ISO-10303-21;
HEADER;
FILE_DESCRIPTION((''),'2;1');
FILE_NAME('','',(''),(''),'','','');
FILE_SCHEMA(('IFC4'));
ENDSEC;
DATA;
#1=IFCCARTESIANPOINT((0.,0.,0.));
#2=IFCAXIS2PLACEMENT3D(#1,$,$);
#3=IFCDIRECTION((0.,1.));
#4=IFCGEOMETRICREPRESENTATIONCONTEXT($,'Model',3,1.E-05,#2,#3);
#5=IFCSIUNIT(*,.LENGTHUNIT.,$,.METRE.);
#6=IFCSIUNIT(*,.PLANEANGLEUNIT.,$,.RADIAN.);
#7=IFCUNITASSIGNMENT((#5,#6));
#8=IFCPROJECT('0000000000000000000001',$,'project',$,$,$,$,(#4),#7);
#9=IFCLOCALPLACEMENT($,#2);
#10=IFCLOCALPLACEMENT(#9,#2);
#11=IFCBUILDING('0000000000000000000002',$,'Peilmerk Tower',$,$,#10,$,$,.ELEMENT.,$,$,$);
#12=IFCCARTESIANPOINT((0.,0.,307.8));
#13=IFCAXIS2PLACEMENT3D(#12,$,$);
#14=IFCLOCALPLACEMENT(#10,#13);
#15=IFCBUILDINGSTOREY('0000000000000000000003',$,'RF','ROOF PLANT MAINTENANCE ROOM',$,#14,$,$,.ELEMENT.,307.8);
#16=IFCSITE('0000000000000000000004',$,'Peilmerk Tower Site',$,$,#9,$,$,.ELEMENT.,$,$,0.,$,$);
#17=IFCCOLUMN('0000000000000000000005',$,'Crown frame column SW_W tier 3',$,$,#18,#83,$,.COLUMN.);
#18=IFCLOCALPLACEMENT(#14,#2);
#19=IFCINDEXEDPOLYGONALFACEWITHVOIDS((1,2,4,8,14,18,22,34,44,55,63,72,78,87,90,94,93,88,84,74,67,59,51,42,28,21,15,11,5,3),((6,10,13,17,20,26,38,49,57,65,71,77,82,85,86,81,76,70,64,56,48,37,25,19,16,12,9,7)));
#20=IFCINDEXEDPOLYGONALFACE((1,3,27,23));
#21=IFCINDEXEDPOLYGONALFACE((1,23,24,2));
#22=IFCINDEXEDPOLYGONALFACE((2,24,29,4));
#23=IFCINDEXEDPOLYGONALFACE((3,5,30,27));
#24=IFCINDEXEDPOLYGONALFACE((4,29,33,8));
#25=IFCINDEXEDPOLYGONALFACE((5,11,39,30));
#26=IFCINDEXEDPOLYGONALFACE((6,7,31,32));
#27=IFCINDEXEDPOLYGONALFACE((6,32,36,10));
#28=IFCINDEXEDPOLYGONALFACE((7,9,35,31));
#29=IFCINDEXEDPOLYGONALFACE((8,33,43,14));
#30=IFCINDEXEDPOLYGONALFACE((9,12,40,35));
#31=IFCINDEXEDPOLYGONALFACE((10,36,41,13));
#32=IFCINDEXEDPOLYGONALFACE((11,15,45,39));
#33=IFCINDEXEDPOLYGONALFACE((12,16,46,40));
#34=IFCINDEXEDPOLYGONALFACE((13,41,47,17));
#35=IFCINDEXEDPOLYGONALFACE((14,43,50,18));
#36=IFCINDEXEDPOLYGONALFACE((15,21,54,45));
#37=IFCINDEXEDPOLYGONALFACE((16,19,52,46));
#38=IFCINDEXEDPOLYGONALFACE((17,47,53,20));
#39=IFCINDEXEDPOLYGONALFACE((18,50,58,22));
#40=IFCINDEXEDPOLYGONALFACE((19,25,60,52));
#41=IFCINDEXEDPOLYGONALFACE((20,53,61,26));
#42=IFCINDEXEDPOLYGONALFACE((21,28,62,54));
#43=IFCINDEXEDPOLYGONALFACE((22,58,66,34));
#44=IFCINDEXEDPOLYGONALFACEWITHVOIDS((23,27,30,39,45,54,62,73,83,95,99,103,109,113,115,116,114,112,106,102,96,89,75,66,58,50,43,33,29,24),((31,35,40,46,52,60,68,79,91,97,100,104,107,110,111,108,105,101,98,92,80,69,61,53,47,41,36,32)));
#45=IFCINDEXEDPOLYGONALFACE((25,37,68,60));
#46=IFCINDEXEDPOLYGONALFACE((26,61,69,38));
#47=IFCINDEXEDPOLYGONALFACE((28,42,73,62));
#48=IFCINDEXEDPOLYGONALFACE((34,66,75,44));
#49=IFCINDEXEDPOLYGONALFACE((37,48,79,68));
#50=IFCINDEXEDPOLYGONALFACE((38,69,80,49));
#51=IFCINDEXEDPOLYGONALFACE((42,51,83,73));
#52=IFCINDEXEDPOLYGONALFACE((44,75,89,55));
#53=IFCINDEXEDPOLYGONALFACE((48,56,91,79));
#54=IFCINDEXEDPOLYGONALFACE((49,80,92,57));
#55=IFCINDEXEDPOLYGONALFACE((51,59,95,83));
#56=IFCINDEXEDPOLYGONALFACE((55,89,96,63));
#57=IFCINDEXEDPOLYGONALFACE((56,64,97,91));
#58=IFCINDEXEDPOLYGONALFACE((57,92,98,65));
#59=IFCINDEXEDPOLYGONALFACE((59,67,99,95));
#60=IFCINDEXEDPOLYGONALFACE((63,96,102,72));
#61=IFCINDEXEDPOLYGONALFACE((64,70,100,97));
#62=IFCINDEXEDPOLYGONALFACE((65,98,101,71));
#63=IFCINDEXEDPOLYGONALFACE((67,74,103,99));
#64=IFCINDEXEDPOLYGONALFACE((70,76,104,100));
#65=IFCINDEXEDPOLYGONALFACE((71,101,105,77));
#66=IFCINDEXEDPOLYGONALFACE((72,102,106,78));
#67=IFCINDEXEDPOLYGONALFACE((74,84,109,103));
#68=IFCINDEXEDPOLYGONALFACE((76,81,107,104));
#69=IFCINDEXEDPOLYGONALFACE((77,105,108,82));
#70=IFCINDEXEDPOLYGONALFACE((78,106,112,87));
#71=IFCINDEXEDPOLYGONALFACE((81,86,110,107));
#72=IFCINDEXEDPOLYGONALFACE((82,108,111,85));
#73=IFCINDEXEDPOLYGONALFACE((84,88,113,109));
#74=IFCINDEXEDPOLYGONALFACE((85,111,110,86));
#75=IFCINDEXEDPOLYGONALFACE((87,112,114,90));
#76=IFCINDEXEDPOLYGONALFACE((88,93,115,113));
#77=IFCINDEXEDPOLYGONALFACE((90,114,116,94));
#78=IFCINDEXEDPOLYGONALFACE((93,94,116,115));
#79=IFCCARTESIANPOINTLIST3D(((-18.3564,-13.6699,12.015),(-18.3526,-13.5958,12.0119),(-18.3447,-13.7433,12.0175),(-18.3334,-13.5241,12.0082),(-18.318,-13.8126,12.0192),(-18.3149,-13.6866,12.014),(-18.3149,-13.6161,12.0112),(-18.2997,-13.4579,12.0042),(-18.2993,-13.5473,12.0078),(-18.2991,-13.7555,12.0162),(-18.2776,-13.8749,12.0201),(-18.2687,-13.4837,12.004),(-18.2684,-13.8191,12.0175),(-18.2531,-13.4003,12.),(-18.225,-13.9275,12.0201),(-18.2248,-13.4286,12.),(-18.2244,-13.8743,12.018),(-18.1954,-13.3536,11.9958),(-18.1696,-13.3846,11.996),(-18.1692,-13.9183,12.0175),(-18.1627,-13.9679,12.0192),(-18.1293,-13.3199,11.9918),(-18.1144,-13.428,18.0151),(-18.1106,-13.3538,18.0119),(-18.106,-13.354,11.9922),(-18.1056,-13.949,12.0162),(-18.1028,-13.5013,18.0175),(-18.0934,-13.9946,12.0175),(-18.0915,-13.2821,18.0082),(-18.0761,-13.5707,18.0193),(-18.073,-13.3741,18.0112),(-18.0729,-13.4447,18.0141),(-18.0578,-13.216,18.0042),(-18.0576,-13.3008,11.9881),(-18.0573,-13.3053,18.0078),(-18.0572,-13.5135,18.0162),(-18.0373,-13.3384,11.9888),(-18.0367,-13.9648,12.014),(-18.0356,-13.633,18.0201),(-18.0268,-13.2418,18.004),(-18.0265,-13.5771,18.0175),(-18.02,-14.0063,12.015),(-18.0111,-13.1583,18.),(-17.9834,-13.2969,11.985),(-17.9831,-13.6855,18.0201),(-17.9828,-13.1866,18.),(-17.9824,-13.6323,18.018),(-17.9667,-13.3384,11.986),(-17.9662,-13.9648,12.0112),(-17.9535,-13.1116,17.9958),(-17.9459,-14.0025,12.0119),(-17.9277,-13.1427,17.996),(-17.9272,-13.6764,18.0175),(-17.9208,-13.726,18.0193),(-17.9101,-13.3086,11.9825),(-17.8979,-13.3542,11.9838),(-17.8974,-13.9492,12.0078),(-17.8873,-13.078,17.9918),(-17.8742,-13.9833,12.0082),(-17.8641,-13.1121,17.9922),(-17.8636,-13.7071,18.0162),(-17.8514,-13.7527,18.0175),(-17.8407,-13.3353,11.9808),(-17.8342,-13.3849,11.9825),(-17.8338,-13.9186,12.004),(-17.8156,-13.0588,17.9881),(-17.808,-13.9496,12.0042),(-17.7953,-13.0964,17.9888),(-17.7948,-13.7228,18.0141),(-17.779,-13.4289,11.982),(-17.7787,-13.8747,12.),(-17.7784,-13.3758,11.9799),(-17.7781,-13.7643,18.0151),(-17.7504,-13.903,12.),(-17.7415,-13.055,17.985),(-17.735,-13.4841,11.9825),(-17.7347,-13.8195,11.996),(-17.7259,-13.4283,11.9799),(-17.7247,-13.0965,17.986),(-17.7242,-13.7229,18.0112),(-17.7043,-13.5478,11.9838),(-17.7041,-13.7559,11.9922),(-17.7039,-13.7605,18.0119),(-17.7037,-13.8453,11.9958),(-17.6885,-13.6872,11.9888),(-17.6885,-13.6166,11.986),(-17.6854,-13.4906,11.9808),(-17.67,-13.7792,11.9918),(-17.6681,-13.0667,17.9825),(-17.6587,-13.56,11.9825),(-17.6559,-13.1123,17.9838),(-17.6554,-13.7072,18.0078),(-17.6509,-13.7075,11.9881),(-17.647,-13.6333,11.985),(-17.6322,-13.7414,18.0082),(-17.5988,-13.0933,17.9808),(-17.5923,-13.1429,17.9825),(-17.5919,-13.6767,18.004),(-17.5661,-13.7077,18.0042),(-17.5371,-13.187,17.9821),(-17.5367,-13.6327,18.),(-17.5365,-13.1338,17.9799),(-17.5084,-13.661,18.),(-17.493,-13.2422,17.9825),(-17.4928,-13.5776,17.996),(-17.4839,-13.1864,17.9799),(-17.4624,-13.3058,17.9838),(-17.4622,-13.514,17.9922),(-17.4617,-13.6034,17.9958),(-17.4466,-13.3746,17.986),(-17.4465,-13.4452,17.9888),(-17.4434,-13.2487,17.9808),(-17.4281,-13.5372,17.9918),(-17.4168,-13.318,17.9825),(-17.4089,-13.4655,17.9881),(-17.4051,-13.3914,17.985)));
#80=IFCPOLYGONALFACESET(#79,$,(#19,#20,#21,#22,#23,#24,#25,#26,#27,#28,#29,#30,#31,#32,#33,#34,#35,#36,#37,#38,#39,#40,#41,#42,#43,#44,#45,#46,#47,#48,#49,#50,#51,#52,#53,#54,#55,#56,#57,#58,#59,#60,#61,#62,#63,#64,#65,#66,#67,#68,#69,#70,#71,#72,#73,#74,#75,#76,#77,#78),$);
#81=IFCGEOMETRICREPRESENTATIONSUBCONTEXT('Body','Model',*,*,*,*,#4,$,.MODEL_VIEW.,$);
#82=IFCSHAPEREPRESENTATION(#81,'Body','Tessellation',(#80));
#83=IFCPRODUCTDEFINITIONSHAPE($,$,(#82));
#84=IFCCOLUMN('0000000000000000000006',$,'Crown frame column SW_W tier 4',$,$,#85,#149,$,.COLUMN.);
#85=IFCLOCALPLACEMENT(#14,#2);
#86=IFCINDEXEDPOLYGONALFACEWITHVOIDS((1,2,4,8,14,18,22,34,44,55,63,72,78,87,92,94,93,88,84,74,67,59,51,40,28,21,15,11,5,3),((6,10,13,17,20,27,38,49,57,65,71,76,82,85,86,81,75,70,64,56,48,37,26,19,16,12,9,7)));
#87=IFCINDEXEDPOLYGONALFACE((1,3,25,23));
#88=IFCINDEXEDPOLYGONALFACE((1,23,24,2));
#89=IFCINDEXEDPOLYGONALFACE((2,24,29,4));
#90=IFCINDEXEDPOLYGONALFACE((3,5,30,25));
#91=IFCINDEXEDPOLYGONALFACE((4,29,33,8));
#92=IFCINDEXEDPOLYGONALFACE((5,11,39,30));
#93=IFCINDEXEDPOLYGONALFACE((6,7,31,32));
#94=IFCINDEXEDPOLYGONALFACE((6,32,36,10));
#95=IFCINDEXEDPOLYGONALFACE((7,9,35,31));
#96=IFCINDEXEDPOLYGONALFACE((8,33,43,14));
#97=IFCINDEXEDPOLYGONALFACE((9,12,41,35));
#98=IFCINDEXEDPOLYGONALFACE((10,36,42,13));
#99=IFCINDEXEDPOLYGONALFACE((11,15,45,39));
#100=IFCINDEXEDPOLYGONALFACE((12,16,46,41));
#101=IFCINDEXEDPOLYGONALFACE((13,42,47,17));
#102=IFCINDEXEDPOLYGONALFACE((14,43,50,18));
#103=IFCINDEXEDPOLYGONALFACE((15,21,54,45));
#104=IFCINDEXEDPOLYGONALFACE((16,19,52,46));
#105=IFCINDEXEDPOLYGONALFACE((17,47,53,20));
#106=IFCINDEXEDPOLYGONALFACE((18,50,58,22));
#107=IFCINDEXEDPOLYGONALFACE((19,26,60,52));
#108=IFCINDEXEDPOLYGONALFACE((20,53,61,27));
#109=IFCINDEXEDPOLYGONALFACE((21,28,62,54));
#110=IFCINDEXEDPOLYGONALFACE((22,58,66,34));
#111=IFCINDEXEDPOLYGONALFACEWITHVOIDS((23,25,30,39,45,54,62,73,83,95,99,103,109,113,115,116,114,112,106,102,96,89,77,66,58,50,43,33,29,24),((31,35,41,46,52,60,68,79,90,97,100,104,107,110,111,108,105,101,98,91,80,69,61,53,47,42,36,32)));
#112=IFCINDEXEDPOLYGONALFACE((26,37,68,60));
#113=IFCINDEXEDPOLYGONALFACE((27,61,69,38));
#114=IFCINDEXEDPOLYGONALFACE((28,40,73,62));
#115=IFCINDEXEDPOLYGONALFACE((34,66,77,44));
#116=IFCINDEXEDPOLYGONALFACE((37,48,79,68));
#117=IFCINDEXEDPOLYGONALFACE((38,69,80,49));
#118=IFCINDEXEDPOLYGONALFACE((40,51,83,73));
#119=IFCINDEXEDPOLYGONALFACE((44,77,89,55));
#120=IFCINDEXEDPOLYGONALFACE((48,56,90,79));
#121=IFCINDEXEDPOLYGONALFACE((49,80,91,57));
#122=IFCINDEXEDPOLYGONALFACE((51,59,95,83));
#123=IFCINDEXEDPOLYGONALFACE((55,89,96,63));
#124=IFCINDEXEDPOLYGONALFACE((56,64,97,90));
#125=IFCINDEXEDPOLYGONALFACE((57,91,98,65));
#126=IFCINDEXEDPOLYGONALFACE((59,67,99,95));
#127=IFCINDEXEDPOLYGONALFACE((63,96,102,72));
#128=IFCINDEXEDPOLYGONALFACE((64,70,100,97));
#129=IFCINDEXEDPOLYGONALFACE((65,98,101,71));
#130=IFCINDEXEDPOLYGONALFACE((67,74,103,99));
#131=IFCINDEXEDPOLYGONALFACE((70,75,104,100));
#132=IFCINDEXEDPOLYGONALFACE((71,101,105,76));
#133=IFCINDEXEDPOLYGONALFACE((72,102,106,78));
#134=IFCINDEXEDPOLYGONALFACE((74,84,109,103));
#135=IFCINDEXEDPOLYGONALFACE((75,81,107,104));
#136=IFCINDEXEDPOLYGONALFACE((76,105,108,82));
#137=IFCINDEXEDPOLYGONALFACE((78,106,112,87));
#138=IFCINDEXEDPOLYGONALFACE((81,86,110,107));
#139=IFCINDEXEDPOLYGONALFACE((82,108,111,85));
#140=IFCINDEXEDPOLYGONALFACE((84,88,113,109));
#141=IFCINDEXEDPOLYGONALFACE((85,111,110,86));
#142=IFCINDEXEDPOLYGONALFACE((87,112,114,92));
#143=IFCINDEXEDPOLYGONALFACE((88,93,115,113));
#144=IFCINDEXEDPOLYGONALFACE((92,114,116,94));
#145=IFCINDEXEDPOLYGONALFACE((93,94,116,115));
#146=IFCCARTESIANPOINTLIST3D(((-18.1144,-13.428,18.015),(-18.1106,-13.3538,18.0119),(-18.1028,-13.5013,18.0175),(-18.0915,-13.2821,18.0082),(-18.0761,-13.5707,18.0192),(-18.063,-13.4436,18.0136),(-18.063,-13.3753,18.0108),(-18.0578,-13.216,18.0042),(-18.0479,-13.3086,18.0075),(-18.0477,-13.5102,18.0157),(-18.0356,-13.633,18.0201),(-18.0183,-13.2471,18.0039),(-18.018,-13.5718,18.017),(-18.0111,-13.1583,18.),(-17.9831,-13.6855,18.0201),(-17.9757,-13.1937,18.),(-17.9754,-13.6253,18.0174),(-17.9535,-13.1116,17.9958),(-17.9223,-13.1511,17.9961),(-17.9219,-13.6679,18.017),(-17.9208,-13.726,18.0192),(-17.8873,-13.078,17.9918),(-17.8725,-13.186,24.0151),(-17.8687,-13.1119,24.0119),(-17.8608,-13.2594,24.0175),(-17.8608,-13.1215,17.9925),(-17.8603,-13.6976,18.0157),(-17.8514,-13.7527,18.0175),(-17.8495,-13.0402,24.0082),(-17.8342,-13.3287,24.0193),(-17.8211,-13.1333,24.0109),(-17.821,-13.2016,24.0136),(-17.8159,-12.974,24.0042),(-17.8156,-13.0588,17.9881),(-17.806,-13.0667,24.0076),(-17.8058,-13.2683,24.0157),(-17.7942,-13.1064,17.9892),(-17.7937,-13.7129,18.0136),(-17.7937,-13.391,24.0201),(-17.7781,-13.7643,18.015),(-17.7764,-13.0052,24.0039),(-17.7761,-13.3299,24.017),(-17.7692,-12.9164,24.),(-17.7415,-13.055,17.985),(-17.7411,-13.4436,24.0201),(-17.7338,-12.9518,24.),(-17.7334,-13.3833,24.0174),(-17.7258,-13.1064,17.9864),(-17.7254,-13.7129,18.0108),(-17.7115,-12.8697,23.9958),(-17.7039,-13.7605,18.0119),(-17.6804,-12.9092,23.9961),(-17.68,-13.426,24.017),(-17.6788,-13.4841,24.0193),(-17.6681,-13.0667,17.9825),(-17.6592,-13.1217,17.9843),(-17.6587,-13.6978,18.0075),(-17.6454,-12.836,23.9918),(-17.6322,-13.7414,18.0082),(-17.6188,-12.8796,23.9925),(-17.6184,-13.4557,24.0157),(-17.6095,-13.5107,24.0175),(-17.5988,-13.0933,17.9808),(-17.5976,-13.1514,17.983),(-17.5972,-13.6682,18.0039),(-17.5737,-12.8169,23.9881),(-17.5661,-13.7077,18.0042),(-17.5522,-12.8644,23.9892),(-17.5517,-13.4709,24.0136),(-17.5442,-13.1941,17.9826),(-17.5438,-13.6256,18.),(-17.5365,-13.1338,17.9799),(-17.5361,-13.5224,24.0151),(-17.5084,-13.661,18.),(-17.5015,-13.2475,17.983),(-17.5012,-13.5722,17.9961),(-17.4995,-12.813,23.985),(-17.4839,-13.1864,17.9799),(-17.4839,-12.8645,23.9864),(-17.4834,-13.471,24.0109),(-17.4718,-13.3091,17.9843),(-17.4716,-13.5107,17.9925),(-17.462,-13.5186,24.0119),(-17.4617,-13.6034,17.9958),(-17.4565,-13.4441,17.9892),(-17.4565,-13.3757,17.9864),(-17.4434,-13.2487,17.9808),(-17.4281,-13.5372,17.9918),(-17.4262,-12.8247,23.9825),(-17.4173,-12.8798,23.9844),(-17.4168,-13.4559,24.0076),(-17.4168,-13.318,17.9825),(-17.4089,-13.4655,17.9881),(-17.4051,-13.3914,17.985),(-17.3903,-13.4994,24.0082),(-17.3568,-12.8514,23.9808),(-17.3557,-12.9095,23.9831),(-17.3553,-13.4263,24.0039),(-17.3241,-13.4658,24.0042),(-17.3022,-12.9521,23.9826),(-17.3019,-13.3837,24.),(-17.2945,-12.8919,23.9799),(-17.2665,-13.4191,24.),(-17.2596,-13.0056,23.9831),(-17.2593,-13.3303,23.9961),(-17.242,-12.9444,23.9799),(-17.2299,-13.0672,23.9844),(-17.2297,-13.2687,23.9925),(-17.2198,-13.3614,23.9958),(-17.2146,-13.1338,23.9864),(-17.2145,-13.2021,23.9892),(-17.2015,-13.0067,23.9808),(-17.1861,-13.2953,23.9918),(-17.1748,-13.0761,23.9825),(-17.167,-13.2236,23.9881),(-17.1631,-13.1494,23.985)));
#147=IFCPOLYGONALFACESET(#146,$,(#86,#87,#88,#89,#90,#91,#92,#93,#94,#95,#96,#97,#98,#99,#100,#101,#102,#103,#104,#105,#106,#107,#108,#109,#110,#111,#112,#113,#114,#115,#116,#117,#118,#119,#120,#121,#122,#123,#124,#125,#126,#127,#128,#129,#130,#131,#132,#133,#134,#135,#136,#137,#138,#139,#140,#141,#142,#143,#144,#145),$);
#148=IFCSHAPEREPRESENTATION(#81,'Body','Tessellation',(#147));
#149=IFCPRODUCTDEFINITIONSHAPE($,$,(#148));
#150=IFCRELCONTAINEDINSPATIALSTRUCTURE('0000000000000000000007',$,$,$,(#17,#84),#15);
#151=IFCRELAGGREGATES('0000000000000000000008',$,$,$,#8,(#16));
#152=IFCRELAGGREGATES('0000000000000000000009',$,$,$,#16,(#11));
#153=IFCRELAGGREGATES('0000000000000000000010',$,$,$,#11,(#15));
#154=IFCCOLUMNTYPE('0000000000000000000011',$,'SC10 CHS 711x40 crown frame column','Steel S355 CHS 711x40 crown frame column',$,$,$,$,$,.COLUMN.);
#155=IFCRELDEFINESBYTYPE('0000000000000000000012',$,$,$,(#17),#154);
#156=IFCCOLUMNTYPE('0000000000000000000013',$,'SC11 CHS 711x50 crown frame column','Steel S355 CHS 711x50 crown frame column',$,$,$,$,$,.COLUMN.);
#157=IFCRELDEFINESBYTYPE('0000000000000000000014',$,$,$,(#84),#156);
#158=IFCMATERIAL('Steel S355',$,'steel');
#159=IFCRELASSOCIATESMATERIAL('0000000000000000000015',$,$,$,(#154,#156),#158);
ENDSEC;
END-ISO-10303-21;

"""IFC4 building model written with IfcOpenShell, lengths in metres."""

from ifc_helpers import new_model, si_unit, direction, frame, origin, origin_2d, place, context, subcontext, project, spatial, hollow_circle, extrude, material, material_profile, profile_set, type_object, element, save


model = new_model("IFC4")

# Units and contexts
model_context = context("Model", 3, precision=1e-05, world=origin(), true_north=direction((0.0, 1.0)))
body_context = subcontext(model_context, "Body", "Model", "MODEL_VIEW")
ifc_project = project(units=[si_unit("LENGTHUNIT", "METRE"), si_unit("PLANEANGLEUNIT", "RADIAN")], contexts=[model_context])

# Site, building, storey
site_placement = place(None, origin())
site = spatial("IfcSite", under=ifc_project, at=site_placement, Name="Peilmerk Tower Site", CompositionType="ELEMENT", RefElevation=0.0)
building_placement = place(site_placement, origin())
building = spatial("IfcBuilding", under=site, at=building_placement, Name="Peilmerk Tower", CompositionType="ELEMENT")
storey_placement = place(building_placement, frame((0.0, 0.0, 307.8)))
storey = spatial("IfcBuildingStorey", under=building, at=storey_placement, Name="RF", Description="ROOF PLANT MAINTENANCE ROOM", CompositionType="ELEMENT", Elevation=307.8)

# Columns
ifc_material_1 = material(Name="Steel S355", Category="steel")
ifc_material_profile_1 = material_profile(ifc_material_1, hollow_circle(Radius=0.3555, WallThickness=0.04, at=origin_2d()), Name="CHS 711x40")
ifc_profile_set_1 = profile_set([ifc_material_profile_1], Name="Steel S355")
column_type_1 = type_object("IfcColumnType", Name="SC10 CHS 711x40 crown frame column", Description="Steel S355 CHS 711x40 crown frame column", PredefinedType="COLUMN", material=ifc_profile_set_1)
column_1_placement = place(storey_placement, frame((-18.0017, -13.6516, 12.0), z_axis=(0.040258, 0.040258, 0.998378), x_axis=(-0.707107, 0.707107, 0.0)))
element("IfcColumn", 1, at=column_1_placement, inside=storey, type_object=column_type_1, Name="Crown frame column SW_W tier 3", PredefinedType="COLUMN", context=body_context, shape_type="SweptSolid", body=[
    extrude(hollow_circle(Radius=0.3555, WallThickness=0.04, at=origin_2d()), origin(), (0.0, 0.0, 1.0), 6.0098),
])
ifc_material_profile_2 = material_profile(ifc_material_1, hollow_circle(Radius=0.3555, WallThickness=0.05, at=origin_2d()), Name="CHS 711x50")
ifc_profile_set_2 = profile_set([ifc_material_profile_2], Name="Steel S355")
column_type_2 = type_object("IfcColumnType", Name="SC11 CHS 711x50 crown frame column", Description="Steel S355 CHS 711x50 crown frame column", PredefinedType="COLUMN", material=ifc_profile_set_2)
column_2_placement = place(storey_placement, frame((-17.7598, -13.4097, 18.0), z_axis=(0.040258, 0.040258, 0.998378), x_axis=(-0.707107, 0.707107, 0.0)))
element("IfcColumn", 2, at=column_2_placement, inside=storey, type_object=column_type_2, Name="Crown frame column SW_W tier 4", PredefinedType="COLUMN", context=body_context, shape_type="SweptSolid", body=[
    extrude(hollow_circle(Radius=0.3555, WallThickness=0.05, at=origin_2d()), origin(), (0.0, 0.0, 1.0), 6.0098),
])

save(model, "model.ifc")
